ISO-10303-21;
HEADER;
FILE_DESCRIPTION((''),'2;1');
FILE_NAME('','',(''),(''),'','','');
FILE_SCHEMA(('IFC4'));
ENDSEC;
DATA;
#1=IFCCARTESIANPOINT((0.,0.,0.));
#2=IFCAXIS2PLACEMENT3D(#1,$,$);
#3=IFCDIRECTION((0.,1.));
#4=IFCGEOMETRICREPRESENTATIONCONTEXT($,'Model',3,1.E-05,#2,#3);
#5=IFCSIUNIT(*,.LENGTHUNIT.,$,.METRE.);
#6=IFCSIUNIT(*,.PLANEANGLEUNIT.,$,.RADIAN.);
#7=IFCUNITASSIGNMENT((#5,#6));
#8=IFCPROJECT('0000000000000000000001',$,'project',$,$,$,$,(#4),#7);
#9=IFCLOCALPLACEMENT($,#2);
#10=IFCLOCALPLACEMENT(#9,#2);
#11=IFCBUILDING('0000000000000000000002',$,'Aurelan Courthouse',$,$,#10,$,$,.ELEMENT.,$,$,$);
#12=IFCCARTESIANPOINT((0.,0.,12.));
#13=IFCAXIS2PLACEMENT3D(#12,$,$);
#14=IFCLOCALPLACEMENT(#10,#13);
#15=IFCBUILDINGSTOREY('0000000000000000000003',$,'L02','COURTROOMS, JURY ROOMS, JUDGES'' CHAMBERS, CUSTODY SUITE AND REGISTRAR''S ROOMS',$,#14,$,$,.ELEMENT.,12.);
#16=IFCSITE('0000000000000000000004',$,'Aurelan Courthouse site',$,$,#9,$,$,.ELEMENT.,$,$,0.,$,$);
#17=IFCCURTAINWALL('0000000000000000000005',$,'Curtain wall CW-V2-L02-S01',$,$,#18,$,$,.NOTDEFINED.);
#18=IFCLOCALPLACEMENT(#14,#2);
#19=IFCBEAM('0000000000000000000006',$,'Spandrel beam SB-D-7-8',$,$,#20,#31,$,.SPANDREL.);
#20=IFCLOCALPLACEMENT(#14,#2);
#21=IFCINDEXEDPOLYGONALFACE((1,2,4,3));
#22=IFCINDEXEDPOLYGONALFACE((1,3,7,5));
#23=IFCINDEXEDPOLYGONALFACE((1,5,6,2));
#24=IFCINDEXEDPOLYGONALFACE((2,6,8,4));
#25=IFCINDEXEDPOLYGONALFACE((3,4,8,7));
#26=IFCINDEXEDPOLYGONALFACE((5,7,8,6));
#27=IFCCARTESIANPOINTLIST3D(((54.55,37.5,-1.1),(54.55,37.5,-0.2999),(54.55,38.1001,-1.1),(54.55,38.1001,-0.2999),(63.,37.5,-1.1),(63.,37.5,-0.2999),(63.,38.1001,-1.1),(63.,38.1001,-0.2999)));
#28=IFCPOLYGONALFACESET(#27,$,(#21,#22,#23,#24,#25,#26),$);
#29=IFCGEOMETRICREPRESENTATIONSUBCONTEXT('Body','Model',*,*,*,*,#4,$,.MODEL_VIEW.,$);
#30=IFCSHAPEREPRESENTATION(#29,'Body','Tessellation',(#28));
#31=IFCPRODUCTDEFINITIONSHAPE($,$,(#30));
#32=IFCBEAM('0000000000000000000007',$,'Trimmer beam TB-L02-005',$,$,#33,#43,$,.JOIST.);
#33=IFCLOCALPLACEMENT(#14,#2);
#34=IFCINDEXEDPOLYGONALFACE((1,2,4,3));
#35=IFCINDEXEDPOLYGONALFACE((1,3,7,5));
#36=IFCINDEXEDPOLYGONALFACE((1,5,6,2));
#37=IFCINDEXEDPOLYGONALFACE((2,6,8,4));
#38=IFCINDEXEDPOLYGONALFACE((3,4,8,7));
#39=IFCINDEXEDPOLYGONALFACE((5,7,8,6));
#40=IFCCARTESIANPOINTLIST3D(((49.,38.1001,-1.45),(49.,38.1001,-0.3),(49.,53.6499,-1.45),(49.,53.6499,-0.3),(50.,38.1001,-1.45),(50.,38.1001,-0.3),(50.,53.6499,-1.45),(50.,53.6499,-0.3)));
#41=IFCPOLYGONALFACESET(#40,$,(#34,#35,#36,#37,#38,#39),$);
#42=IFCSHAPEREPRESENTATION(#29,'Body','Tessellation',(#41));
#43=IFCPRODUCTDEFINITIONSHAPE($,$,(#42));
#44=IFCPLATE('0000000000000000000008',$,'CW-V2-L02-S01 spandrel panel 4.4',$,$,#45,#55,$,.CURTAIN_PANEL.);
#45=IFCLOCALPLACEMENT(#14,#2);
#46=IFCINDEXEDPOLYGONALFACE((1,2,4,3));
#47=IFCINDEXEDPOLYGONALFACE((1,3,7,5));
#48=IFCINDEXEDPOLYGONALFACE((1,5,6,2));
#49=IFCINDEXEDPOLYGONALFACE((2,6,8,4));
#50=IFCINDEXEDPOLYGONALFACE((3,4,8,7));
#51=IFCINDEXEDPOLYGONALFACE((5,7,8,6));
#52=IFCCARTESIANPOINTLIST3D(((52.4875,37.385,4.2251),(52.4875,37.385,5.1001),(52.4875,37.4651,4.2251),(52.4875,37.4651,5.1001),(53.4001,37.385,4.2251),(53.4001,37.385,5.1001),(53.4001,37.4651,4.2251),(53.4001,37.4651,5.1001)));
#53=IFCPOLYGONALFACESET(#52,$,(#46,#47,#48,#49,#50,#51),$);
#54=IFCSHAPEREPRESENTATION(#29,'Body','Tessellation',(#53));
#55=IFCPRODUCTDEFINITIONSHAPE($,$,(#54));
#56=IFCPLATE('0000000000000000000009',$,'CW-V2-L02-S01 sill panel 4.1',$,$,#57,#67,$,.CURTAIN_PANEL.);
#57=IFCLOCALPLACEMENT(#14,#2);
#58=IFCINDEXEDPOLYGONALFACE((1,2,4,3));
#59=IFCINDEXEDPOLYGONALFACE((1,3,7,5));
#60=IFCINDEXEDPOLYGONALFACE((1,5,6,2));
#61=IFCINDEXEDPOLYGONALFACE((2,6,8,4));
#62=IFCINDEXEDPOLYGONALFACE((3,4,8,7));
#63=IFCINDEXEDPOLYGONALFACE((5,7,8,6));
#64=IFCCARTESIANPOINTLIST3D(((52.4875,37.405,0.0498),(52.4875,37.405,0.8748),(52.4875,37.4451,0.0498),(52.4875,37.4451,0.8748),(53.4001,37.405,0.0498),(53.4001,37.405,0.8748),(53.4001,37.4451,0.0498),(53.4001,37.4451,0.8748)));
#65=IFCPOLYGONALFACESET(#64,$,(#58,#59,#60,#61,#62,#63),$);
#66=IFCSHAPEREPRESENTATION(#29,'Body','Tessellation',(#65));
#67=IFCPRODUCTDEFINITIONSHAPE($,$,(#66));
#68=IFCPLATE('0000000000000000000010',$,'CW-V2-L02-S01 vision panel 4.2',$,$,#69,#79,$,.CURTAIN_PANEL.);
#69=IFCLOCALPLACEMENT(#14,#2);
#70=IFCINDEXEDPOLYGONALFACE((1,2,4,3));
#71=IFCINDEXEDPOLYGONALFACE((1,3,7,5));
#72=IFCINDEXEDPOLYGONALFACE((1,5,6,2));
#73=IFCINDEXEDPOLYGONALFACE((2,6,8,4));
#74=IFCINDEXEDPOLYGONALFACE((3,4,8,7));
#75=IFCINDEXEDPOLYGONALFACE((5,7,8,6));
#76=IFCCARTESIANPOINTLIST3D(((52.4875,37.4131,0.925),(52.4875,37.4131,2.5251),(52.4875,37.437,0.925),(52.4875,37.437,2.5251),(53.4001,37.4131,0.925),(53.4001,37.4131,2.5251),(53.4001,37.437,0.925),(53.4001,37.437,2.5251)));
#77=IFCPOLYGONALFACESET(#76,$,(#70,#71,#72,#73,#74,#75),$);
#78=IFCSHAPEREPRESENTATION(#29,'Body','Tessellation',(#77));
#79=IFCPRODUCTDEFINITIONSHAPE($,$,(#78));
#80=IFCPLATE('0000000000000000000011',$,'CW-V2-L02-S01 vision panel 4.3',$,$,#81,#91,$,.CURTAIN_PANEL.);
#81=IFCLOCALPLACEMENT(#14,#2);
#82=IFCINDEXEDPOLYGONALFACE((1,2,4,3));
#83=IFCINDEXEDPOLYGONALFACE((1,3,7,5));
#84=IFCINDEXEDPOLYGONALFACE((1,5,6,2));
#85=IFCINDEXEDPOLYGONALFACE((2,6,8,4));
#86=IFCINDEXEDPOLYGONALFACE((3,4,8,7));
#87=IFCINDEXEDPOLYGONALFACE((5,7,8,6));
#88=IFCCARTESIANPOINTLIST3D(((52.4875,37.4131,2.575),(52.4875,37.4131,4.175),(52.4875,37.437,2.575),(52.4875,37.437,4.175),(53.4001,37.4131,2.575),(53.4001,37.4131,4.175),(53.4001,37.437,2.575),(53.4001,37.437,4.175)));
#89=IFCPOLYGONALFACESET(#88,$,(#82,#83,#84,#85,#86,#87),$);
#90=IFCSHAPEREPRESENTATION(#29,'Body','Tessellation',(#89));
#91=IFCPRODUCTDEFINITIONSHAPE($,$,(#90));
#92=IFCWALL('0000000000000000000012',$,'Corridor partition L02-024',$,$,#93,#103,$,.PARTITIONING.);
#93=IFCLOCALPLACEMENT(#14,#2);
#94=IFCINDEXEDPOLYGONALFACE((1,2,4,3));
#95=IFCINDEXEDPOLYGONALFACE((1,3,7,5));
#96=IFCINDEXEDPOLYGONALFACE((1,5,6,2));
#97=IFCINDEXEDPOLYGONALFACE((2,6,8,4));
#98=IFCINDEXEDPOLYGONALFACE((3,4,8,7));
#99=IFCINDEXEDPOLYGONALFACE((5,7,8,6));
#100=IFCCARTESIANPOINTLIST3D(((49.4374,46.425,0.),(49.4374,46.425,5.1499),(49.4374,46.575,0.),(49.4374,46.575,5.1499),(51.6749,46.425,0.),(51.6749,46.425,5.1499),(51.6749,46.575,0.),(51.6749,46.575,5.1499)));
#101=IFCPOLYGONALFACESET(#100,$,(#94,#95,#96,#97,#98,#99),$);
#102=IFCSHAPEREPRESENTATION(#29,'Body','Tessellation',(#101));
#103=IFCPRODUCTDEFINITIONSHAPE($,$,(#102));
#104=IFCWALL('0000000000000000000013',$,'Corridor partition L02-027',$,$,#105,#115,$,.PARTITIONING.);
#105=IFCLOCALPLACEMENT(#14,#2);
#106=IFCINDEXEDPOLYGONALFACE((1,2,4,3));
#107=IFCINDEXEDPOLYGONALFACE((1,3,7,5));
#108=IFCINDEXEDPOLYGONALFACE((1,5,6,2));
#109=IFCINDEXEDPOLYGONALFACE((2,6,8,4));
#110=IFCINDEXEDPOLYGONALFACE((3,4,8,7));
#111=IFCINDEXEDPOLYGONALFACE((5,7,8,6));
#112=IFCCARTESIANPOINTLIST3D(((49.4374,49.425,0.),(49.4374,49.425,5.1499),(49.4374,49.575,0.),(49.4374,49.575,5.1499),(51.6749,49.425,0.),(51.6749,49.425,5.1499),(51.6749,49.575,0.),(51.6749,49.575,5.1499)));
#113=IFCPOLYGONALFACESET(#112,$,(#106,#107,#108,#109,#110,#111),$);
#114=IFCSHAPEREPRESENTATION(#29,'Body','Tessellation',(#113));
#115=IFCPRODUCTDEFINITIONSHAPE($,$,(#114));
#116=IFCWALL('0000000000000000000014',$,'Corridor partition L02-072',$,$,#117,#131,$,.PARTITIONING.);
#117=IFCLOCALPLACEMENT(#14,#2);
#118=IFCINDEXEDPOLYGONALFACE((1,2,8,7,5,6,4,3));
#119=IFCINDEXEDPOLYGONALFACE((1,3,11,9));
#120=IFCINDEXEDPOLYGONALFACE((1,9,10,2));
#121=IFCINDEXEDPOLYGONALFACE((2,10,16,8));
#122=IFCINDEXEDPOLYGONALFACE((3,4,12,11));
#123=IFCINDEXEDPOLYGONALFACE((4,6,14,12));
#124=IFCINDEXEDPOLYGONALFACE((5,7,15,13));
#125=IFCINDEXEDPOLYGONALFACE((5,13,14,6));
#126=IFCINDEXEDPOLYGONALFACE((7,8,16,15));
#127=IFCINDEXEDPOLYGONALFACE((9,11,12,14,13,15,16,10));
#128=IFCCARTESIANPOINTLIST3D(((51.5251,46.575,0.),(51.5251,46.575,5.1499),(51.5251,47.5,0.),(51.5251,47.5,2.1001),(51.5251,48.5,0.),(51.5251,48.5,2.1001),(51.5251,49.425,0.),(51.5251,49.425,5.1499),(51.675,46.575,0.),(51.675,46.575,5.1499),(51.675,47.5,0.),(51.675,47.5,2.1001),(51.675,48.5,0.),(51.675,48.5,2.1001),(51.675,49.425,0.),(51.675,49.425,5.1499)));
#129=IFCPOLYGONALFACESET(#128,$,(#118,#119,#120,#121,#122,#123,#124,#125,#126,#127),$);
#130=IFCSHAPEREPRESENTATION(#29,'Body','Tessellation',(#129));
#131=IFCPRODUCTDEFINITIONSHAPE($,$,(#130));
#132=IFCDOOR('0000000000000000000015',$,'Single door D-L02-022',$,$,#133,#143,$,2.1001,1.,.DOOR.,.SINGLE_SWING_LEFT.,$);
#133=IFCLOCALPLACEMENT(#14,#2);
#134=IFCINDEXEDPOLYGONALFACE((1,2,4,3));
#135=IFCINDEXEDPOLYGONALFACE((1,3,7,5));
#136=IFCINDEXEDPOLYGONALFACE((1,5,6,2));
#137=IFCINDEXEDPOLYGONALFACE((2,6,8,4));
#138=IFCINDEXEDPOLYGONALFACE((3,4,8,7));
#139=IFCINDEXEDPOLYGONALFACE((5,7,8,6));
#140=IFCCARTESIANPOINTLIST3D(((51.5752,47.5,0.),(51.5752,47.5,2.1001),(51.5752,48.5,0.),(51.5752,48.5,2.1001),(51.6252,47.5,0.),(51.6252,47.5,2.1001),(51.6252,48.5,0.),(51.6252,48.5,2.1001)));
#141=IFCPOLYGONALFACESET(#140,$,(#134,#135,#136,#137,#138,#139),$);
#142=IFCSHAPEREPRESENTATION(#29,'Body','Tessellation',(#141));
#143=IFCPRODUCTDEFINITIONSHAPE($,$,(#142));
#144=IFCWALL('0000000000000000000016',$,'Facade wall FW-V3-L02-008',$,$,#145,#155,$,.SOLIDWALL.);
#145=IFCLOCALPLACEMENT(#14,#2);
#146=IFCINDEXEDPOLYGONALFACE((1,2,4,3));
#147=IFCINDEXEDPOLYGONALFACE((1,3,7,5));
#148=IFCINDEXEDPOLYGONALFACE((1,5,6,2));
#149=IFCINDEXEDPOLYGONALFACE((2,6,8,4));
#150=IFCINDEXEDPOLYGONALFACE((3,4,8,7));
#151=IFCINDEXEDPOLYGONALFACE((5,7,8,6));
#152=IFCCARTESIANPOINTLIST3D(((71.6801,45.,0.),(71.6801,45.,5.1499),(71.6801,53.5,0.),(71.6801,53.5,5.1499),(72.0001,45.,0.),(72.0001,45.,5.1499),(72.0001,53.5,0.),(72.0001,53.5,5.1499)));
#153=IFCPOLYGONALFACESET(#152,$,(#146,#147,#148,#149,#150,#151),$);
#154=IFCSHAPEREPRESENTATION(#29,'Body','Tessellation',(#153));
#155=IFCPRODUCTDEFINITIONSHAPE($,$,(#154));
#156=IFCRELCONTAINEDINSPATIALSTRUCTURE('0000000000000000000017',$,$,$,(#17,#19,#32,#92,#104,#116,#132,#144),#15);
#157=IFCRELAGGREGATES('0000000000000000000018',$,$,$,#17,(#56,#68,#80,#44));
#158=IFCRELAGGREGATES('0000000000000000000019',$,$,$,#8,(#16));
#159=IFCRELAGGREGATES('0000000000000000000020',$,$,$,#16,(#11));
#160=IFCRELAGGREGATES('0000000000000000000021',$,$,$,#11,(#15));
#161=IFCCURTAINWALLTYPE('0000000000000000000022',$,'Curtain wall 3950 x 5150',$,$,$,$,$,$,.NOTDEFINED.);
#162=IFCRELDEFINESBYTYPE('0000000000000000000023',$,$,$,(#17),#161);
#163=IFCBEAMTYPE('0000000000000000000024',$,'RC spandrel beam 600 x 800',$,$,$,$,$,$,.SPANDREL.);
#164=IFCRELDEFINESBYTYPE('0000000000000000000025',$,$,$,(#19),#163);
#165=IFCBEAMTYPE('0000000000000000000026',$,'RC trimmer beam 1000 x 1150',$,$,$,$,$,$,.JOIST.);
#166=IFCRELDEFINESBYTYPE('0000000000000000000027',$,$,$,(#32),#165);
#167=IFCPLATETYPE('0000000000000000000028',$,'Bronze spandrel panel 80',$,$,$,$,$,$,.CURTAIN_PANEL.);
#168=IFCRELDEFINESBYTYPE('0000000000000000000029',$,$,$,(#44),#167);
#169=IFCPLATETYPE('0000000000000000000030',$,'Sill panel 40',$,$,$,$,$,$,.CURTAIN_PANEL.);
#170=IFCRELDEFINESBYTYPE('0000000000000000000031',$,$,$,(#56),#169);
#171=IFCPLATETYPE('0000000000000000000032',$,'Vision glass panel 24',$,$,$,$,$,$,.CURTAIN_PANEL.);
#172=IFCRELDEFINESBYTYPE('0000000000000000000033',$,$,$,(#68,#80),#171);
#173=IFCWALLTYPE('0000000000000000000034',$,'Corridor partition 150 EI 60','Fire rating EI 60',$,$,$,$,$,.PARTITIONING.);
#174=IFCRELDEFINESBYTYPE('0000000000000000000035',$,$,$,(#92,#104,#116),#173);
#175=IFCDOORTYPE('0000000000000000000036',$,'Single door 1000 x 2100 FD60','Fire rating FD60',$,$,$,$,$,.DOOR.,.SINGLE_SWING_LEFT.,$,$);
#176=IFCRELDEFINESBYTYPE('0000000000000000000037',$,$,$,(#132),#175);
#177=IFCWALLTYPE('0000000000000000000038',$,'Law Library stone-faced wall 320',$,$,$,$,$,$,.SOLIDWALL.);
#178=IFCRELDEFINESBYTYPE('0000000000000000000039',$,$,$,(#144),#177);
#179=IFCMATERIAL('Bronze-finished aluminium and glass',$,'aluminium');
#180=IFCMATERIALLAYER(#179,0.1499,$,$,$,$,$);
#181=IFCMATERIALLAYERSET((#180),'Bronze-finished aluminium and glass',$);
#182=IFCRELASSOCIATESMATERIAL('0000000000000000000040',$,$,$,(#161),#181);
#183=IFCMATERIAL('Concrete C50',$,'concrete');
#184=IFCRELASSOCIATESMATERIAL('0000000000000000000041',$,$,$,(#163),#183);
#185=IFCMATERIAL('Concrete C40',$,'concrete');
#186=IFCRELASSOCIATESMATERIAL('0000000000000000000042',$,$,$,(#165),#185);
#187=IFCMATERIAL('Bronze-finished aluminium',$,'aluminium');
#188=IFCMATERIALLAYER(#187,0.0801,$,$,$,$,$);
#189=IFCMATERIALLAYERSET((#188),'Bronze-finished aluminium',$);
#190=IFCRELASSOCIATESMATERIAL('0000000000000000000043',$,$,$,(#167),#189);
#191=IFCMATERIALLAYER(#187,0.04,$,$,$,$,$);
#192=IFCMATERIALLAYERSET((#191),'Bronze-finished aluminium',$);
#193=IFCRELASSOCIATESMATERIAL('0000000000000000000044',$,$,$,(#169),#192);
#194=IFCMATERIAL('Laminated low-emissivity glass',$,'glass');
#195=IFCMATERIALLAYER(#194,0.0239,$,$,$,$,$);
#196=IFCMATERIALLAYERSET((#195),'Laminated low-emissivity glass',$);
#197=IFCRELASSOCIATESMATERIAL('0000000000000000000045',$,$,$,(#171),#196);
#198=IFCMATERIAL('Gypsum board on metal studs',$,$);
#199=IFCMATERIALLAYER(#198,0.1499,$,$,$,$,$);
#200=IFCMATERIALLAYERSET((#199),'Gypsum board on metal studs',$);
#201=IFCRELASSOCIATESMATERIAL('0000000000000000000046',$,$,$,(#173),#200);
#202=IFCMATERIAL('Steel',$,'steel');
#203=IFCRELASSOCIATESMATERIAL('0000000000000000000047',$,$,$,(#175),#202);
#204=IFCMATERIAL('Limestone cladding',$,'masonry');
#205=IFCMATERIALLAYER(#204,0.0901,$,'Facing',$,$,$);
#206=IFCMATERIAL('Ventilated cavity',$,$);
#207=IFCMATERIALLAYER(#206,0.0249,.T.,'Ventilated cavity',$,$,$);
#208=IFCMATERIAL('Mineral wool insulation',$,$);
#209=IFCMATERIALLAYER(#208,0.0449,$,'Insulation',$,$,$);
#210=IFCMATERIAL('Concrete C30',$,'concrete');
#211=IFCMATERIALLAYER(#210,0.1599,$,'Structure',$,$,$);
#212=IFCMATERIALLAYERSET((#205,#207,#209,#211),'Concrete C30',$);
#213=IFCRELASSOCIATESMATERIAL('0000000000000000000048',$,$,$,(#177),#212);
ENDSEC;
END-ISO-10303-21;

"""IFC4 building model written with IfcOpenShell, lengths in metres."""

from ifc_helpers import new_model, si_unit, direction, frame, frame_2d, origin, origin_2d, place, context, subcontext, project, spatial, rectangle, extrude, material, layer, layer_set, material_profile, profile_set, type_object, element, fill, aggregate, save


model = new_model("IFC4")

# Units and contexts
model_context = context("Model", 3, precision=1e-05, world=origin(), true_north=direction((0.0, 1.0)))
body_context = subcontext(model_context, "Body", "Model", "MODEL_VIEW")
ifc_project = project(units=[si_unit("LENGTHUNIT", "METRE"), si_unit("PLANEANGLEUNIT", "RADIAN")], contexts=[model_context])

# Site, building, storey
site_placement = place(None, origin())
site = spatial("IfcSite", under=ifc_project, at=site_placement, Name="Aurelan Courthouse site", CompositionType="ELEMENT", RefElevation=0.0)
building_placement = place(site_placement, origin())
building = spatial("IfcBuilding", under=site, at=building_placement, Name="Aurelan Courthouse", CompositionType="ELEMENT")
storey_placement = place(building_placement, frame((0.0, 0.0, 12.0)))
storey = spatial("IfcBuildingStorey", under=building, at=storey_placement, Name="L02", Description="COURTROOMS, JURY ROOMS, JUDGES' CHAMBERS, CUSTODY SUITE AND REGISTRAR'S ROOMS", CompositionType="ELEMENT", Elevation=12.0)

# Shared definitions
ifc_material_1 = material(Name="Concrete C50", Category="concrete")

# Curtain wall
ifc_material_2 = material(Name="Bronze-finished aluminium and glass", Category="aluminium")
ifc_layer_1 = layer(ifc_material_2, 0.1499)
ifc_layer_set_1 = layer_set([ifc_layer_1], Name="Bronze-finished aluminium and glass")
curtain_wall_type_1 = type_object("IfcCurtainWallType", Name="Curtain wall 3950 x 5150", PredefinedType="NOTDEFINED", material=ifc_layer_set_1)
curtain_wall_1_placement = place(storey_placement, origin())
curtain_wall_1 = element("IfcCurtainWall", 1, at=curtain_wall_1_placement, inside=storey, type_object=curtain_wall_type_1, Name="Curtain wall CW-V2-L02-S01", PredefinedType="NOTDEFINED")
ifc_material_3 = material(Name="Bronze-finished aluminium", Category="aluminium")

# Beams
ifc_material_profile_1 = material_profile(ifc_material_1, rectangle(XDim=0.6001, YDim=0.8, at=origin_2d()), Name="RC 600 x 800")
ifc_profile_set_1 = profile_set([ifc_material_profile_1], Name="Concrete C50")
beam_type_1 = type_object("IfcBeamType", Name="RC spandrel beam 600 x 800", PredefinedType="SPANDREL", material=ifc_profile_set_1)
beam_1_placement = place(storey_placement, frame((54.55, 37.8, -0.7), z_axis=(1.0, 0.0, 0.0), x_axis=(0.0, 1.0, 0.0)))
element("IfcBeam", 2, at=beam_1_placement, inside=storey, type_object=beam_type_1, Name="Spandrel beam SB-D-7-8", PredefinedType="SPANDREL", context=body_context, shape_type="SweptSolid", body=[
    extrude(rectangle(XDim=0.6001, YDim=0.8, at=origin_2d()), origin(), (0.0, 0.0, 1.0), 8.45),
])
ifc_material_4 = material(Name="Concrete C40", Category="concrete")
ifc_material_profile_2 = material_profile(ifc_material_4, rectangle(XDim=1.0, YDim=1.1499, at=origin_2d()), Name="RC 1000 x 1150")
ifc_profile_set_2 = profile_set([ifc_material_profile_2], Name="Concrete C40")
beam_type_2 = type_object("IfcBeamType", Name="RC trimmer beam 1000 x 1150", PredefinedType="JOIST", material=ifc_profile_set_2)
beam_2_placement = place(storey_placement, frame((49.5, 38.1001, -0.875), z_axis=(0.0, 1.0, 0.0), x_axis=(-1.0, 0.0, 0.0)))
element("IfcBeam", 3, at=beam_2_placement, inside=storey, type_object=beam_type_2, Name="Trimmer beam TB-L02-005", PredefinedType="JOIST", context=body_context, shape_type="SweptSolid", body=[
    extrude(rectangle(XDim=1.0, YDim=1.1499, at=origin_2d()), origin(), (0.0, 0.0, 1.0), 15.5498),
])

# Plates
ifc_layer_2 = layer(ifc_material_3, 0.0801)
ifc_layer_set_2 = layer_set([ifc_layer_2], Name="Bronze-finished aluminium")
plate_type_1 = type_object("IfcPlateType", Name="Bronze spandrel panel 80", PredefinedType="CURTAIN_PANEL", material=ifc_layer_set_2)
plate_1_placement = place(storey_placement, frame((52.9438, 37.425, 4.2251), z_axis=(0.0, 0.0, 1.0), x_axis=(1.0, 0.0, 0.0)))
plate_1 = element("IfcPlate", 4, at=plate_1_placement, type_object=plate_type_1, Name="CW-V2-L02-S01 spandrel panel 4.4", PredefinedType="CURTAIN_PANEL", context=body_context, shape_type="SweptSolid", body=[
    extrude(rectangle(XDim=0.9126, YDim=0.0801, at=origin_2d()), origin(), (0.0, 0.0, 1.0), 0.875),
])
ifc_layer_3 = layer(ifc_material_3, 0.04)
ifc_layer_set_3 = layer_set([ifc_layer_3], Name="Bronze-finished aluminium")
plate_type_2 = type_object("IfcPlateType", Name="Sill panel 40", PredefinedType="CURTAIN_PANEL", material=ifc_layer_set_3)
plate_2_placement = place(storey_placement, frame((52.9438, 37.425, 0.0498), z_axis=(0.0, 0.0, 1.0), x_axis=(1.0, 0.0, 0.0)))
plate_2 = element("IfcPlate", 5, at=plate_2_placement, type_object=plate_type_2, Name="CW-V2-L02-S01 sill panel 4.1", PredefinedType="CURTAIN_PANEL", context=body_context, shape_type="SweptSolid", body=[
    extrude(rectangle(XDim=0.9126, YDim=0.04, at=origin_2d()), origin(), (0.0, 0.0, 1.0), 0.825),
])
ifc_material_5 = material(Name="Laminated low-emissivity glass", Category="glass")
ifc_layer_4 = layer(ifc_material_5, 0.0239)
ifc_layer_set_4 = layer_set([ifc_layer_4], Name="Laminated low-emissivity glass")
plate_type_3 = type_object("IfcPlateType", Name="Vision glass panel 24", PredefinedType="CURTAIN_PANEL", material=ifc_layer_set_4)
plate_3_placement = place(storey_placement, frame((52.9438, 37.425, 0.925), z_axis=(0.0, 0.0, 1.0), x_axis=(1.0, 0.0, 0.0)))
plate_3 = element("IfcPlate", 6, at=plate_3_placement, type_object=plate_type_3, Name="CW-V2-L02-S01 vision panel 4.2", PredefinedType="CURTAIN_PANEL", context=body_context, shape_type="SweptSolid", body=[
    extrude(rectangle(XDim=0.9126, YDim=0.0239, at=origin_2d()), origin(), (0.0, 0.0, 1.0), 1.6001),
])
plate_4_placement = place(storey_placement, frame((52.9438, 37.425, 2.575), z_axis=(0.0, 0.0, 1.0), x_axis=(1.0, 0.0, 0.0)))
plate_4 = element("IfcPlate", 7, at=plate_4_placement, type_object=plate_type_3, Name="CW-V2-L02-S01 vision panel 4.3", PredefinedType="CURTAIN_PANEL", context=body_context, shape_type="SweptSolid", body=[
    extrude(rectangle(XDim=0.9126, YDim=0.0239, at=origin_2d()), origin(), (0.0, 0.0, 1.0), 1.6001),
])
aggregate(curtain_wall_1, [plate_2, plate_3, plate_4, plate_1])

# Walls
ifc_material_6 = material(Name="Gypsum board on metal studs")
ifc_layer_5 = layer(ifc_material_6, 0.1499)
ifc_layer_set_5 = layer_set([ifc_layer_5], Name="Gypsum board on metal studs")
wall_type_1 = type_object("IfcWallType", Name="Corridor partition 150 EI 60", Description="Fire rating EI 60", PredefinedType="PARTITIONING", material=ifc_layer_set_5)
for number, where, z_axis, x_axis, name in (
    (8, (49.4375, 46.5, 0.0), (0.0, 0.0, 1.0), (1.0, 0.0, 0.0), "Corridor partition L02-024"),
    (9, (49.4375, 49.5, 0.0), (0.0, 0.0, 1.0), (1.0, 0.0, 0.0), "Corridor partition L02-027"),
):
    element("IfcWall", number, at=place(storey_placement, frame(where, z_axis=z_axis, x_axis=x_axis)), inside=storey, type_object=wall_type_1, Name=name, PredefinedType="PARTITIONING", context=body_context, shape_type="SweptSolid", body=[
        extrude(rectangle(XDim=2.2375, YDim=0.1499, at=frame_2d((1.1187, 0.0))), origin(), (0.0, 0.0, 1.0), 5.1499),
    ])

# Wall, opening, door
wall_1_placement = place(storey_placement, frame((51.6001, 46.575, 0.0), z_axis=(0.0, 0.0, 1.0), x_axis=(0.0, 1.0, 0.0)))
wall_1 = element("IfcWall", 10, at=wall_1_placement, inside=storey, type_object=wall_type_1, Name="Corridor partition L02-072", PredefinedType="PARTITIONING", context=body_context, shape_type="SweptSolid", body=[
    extrude(rectangle(XDim=2.8501, YDim=0.1499, at=frame_2d((1.425, 0.0))), origin(), (0.0, 0.0, 1.0), 5.1499),
])
opening_1_placement = place(wall_1_placement, frame((0.925, 0.0, 0.0)))
opening_1 = element("IfcOpeningElement", 11, at=opening_1_placement, cuts=wall_1, PredefinedType="OPENING", context=body_context, shape_type="SweptSolid", body=[
    extrude(rectangle(XDim=1.0, YDim=2.1001, at=frame_2d((0.5, 1.05))), frame((0.0, 0.085, 0.0), z_axis=(0.0, -1.0, 0.0), x_axis=(1.0, 0.0, 0.0)), (0.0, 0.0, 1.0), 0.1699),
])
ifc_material_7 = material(Name="Steel", Category="steel")
door_type_1 = type_object("IfcDoorType", Name="Single door 1000 x 2100 FD60", Description="Fire rating FD60", OperationType="SINGLE_SWING_LEFT", PredefinedType="DOOR", material=ifc_material_7)
door_1_placement = place(opening_1_placement, origin())
door_1 = element("IfcDoor", 12, at=door_1_placement, inside=storey, type_object=door_type_1, Name="Single door D-L02-022", OperationType="SINGLE_SWING_LEFT", OverallHeight=2.1001, OverallWidth=1.0, PredefinedType="DOOR", context=body_context, shape_type="SweptSolid", body=[
    extrude(rectangle(XDim=1.0, YDim=2.1001, at=frame_2d((0.5, 1.05))), frame((0.0, 0.0249, 0.0), z_axis=(0.0, -1.0, 0.0), x_axis=(1.0, 0.0, 0.0)), (0.0, 0.0, 1.0), 0.05),
])
fill(opening_1, door_1)

# Wall
ifc_material_8 = material(Name="Limestone cladding", Category="masonry")
ifc_layer_6 = layer(ifc_material_8, 0.0901, Name="Facing")
ifc_material_9 = material(Name="Ventilated cavity")
ifc_layer_7 = layer(ifc_material_9, 0.0249, ventilated=True, Name="Ventilated cavity")
ifc_material_10 = material(Name="Mineral wool insulation")
ifc_layer_8 = layer(ifc_material_10, 0.0449, Name="Insulation")
ifc_material_11 = material(Name="Concrete C30", Category="concrete")
ifc_layer_9 = layer(ifc_material_11, 0.1599, Name="Structure")
ifc_layer_set_6 = layer_set([ifc_layer_6, ifc_layer_7, ifc_layer_8, ifc_layer_9], Name="Concrete C30")
wall_type_2 = type_object("IfcWallType", Name="Law Library stone-faced wall 320", PredefinedType="SOLIDWALL", material=ifc_layer_set_6)
wall_2_placement = place(storey_placement, frame((71.8401, 45.0, 0.0), z_axis=(0.0, 0.0, 1.0), x_axis=(0.0, 1.0, 0.0)))
element("IfcWall", 13, at=wall_2_placement, inside=storey, type_object=wall_type_2, Name="Facade wall FW-V3-L02-008", PredefinedType="SOLIDWALL", context=body_context, shape_type="SweptSolid", body=[
    extrude(rectangle(XDim=8.5, YDim=0.3201, at=frame_2d((4.25, 0.0))), origin(), (0.0, 0.0, 1.0), 5.1499),
])

save(model, "model.ifc")
